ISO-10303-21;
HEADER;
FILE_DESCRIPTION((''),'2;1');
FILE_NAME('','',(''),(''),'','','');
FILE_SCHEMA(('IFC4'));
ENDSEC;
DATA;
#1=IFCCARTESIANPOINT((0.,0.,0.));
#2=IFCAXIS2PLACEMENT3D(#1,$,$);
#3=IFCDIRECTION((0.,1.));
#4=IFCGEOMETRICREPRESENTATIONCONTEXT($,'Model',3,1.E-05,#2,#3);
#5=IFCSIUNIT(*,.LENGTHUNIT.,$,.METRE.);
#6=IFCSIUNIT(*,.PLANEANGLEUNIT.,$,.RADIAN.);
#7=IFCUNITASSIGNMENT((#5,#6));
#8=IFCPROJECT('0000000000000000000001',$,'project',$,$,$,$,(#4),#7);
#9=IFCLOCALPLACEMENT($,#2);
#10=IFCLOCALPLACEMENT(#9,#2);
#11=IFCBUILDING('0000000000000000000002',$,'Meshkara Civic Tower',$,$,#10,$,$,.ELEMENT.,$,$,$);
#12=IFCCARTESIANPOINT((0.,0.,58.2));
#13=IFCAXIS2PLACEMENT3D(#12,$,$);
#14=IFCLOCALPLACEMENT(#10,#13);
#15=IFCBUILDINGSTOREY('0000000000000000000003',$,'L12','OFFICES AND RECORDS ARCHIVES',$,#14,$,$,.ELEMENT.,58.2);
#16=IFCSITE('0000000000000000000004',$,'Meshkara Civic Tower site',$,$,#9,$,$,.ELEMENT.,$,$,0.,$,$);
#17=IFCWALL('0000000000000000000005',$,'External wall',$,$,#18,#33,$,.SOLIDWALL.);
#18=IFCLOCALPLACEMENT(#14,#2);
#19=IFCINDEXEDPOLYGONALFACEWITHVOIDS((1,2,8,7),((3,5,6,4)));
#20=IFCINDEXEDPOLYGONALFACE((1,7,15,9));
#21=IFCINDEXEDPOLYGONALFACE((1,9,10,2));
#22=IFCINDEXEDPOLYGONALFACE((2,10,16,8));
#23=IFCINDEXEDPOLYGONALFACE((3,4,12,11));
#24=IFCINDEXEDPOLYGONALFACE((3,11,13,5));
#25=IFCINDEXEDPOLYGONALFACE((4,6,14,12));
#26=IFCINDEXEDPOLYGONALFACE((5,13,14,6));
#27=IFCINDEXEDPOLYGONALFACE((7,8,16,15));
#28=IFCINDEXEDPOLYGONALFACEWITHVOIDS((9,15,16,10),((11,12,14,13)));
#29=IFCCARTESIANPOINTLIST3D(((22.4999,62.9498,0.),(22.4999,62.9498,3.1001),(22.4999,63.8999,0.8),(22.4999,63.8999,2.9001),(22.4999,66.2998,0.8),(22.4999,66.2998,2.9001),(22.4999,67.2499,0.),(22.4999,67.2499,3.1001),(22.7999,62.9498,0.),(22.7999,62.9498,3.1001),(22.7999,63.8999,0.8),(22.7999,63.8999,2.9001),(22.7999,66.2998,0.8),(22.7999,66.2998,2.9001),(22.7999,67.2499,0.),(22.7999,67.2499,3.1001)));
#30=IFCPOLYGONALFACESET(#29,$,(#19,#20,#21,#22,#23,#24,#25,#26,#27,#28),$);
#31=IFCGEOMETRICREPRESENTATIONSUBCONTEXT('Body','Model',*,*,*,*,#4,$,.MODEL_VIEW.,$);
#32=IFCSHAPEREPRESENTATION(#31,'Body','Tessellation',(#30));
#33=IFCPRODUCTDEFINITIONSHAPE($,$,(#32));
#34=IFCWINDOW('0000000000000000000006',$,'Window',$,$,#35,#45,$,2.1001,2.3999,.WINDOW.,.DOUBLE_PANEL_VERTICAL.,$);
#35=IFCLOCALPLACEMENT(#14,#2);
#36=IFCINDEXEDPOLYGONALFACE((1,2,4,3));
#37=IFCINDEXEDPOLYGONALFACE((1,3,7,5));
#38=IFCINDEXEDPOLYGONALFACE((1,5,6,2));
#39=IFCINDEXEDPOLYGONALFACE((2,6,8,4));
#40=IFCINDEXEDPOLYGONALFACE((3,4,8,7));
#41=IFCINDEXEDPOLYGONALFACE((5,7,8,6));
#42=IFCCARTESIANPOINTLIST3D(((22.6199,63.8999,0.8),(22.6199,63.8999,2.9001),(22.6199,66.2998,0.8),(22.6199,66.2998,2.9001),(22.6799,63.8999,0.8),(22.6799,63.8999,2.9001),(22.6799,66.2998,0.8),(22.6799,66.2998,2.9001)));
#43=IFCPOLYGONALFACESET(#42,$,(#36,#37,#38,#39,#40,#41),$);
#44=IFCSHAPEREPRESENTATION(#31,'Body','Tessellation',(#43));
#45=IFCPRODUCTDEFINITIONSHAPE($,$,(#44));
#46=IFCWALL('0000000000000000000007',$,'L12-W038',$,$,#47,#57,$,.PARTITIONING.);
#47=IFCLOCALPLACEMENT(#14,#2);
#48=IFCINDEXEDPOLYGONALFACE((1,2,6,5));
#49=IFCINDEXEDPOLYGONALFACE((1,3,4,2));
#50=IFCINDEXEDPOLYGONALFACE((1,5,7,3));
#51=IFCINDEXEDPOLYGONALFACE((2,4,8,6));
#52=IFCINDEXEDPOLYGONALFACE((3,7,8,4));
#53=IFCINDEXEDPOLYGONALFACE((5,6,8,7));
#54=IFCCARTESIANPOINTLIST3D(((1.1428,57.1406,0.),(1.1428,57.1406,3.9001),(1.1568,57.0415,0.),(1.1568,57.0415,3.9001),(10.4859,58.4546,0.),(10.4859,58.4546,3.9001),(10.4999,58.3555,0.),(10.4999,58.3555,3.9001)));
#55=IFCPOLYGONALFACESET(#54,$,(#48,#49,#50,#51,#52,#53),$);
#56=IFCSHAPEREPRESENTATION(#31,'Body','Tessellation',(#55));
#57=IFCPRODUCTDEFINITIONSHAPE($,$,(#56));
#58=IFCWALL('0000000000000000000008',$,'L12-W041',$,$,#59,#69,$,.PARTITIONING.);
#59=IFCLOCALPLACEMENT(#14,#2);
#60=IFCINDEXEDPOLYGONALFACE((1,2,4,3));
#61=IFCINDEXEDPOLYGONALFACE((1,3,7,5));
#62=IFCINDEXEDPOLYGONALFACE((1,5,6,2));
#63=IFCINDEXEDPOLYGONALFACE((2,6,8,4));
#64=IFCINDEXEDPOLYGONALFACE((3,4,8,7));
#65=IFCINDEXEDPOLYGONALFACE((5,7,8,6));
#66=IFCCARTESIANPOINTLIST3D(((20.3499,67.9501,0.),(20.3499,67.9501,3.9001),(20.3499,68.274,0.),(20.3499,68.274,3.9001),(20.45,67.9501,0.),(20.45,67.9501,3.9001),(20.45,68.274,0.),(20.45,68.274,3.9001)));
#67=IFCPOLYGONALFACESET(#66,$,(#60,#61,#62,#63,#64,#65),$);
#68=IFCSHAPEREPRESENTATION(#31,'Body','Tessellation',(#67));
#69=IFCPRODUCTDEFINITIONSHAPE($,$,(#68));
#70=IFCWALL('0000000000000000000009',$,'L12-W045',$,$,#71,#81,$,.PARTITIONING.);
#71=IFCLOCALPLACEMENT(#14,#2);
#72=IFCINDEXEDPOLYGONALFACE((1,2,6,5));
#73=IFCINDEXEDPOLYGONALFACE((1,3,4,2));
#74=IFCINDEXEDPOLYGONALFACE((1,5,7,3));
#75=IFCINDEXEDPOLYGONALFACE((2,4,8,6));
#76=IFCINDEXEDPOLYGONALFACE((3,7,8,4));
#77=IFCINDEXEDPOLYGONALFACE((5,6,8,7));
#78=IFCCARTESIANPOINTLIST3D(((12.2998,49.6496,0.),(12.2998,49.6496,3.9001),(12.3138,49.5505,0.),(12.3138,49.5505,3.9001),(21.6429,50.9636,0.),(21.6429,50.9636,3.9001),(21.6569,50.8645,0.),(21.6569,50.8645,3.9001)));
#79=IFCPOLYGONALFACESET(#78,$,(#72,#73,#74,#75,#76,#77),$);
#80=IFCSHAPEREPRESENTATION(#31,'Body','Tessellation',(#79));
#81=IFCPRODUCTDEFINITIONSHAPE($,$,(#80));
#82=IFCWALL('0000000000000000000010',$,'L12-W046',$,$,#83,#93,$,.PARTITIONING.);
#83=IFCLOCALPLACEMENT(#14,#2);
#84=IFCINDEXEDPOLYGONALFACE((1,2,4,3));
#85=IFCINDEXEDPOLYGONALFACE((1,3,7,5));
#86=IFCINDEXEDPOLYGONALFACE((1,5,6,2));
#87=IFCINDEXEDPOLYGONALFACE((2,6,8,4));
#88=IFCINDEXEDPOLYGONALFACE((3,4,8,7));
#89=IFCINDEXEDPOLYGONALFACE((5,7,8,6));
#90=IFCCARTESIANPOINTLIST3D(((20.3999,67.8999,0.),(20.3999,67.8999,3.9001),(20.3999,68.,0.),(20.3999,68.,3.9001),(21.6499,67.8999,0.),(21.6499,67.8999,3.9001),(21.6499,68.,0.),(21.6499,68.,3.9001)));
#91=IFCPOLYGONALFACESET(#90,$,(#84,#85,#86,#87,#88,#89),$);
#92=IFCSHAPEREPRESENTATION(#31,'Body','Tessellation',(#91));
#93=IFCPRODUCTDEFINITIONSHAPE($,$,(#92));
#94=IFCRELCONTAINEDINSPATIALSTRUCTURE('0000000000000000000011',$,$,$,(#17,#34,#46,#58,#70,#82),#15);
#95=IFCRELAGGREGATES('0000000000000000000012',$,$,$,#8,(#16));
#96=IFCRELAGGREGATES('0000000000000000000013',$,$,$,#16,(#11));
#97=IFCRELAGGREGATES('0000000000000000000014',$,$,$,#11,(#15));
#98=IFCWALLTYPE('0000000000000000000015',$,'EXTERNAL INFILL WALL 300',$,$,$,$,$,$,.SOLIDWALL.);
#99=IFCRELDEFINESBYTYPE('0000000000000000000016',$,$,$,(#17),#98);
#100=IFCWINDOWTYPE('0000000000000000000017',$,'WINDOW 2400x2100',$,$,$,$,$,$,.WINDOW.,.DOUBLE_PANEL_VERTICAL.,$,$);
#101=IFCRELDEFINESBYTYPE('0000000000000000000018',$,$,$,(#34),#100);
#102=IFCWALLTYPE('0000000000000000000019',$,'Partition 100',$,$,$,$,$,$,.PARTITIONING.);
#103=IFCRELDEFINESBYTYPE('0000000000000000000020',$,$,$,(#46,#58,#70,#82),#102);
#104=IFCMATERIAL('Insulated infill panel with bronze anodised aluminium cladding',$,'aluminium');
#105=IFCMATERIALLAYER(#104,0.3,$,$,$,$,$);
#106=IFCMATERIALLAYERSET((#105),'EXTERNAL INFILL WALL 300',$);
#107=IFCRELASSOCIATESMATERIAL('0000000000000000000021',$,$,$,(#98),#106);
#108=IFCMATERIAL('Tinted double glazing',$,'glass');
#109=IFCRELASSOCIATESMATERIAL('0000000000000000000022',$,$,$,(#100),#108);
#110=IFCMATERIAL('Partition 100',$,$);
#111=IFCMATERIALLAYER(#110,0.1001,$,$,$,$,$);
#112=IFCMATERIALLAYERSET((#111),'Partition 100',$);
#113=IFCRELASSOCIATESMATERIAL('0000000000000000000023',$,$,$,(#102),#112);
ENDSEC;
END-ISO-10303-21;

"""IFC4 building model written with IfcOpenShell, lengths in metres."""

from ifc_helpers import new_model, si_unit, direction, frame, frame_2d, origin, place, context, subcontext, project, spatial, rectangle, extrude, material, layer, layer_set, type_object, element, fill, save


model = new_model("IFC4")

# Units and contexts
model_context = context("Model", 3, precision=1e-05, world=origin(), true_north=direction((0.0, 1.0)))
body_context = subcontext(model_context, "Body", "Model", "MODEL_VIEW")
ifc_project = project(units=[si_unit("LENGTHUNIT", "METRE"), si_unit("PLANEANGLEUNIT", "RADIAN")], contexts=[model_context])

# Site, building, storey
site_placement = place(None, origin())
site = spatial("IfcSite", under=ifc_project, at=site_placement, Name="Meshkara Civic Tower site", CompositionType="ELEMENT", RefElevation=0.0)
building_placement = place(site_placement, origin())
building = spatial("IfcBuilding", under=site, at=building_placement, Name="Meshkara Civic Tower", CompositionType="ELEMENT")
storey_placement = place(building_placement, frame((0.0, 0.0, 58.2)))
storey = spatial("IfcBuildingStorey", under=building, at=storey_placement, Name="L12", Description="OFFICES AND RECORDS ARCHIVES", CompositionType="ELEMENT", Elevation=58.2)

# Wall, opening, window
ifc_material_1 = material(Name="Insulated infill panel with bronze anodised aluminium cladding", Category="aluminium")
ifc_layer_1 = layer(ifc_material_1, 0.3)
ifc_layer_set_1 = layer_set([ifc_layer_1], Name="EXTERNAL INFILL WALL 300")
wall_type_1 = type_object("IfcWallType", Name="EXTERNAL INFILL WALL 300", PredefinedType="SOLIDWALL", material=ifc_layer_set_1)
ifc_material_2 = material(Name="Tinted double glazing", Category="glass")
window_type = type_object("IfcWindowType", Name="WINDOW 2400x2100", PartitioningType="DOUBLE_PANEL_VERTICAL", PredefinedType="WINDOW", material=ifc_material_2)
wall_1_placement = place(storey_placement, frame((22.6499, 62.95, 0.0), z_axis=(0.0, 0.0, 1.0), x_axis=(0.0, 1.0, 0.0)))
wall_1 = element("IfcWall", 1, at=wall_1_placement, inside=storey, type_object=wall_type_1, Name="External wall", PredefinedType="SOLIDWALL", context=body_context, shape_type="SweptSolid", body=[
    extrude(rectangle(XDim=4.3, YDim=0.3, at=frame_2d((2.1499, 0.0))), origin(), (0.0, 0.0, 1.0), 3.1001),
])
opening_1_placement = place(wall_1_placement, frame((0.95, 0.0, 0.8)))
opening_1 = element("IfcOpeningElement", 2, at=opening_1_placement, cuts=wall_1, PredefinedType="OPENING", context=body_context, shape_type="SweptSolid", body=[
    extrude(rectangle(XDim=2.3999, YDim=2.1001, at=frame_2d((1.2, 1.05))), frame((0.0, 0.1599, 0.0), z_axis=(0.0, -1.0, 0.0), x_axis=(1.0, 0.0, 0.0)), (0.0, 0.0, 1.0), 0.3201),
])
window_1_placement = place(opening_1_placement, origin())
window_1 = element("IfcWindow", 3, at=window_1_placement, inside=storey, type_object=window_type, Name="Window", OverallHeight=2.1001, OverallWidth=2.3999, PartitioningType="DOUBLE_PANEL_VERTICAL", PredefinedType="WINDOW", context=body_context, shape_type="SweptSolid", body=[
    extrude(rectangle(XDim=2.3999, YDim=2.1001, at=frame_2d((1.2, 1.05))), frame((0.0, 0.03, 0.0), z_axis=(0.0, -1.0, 0.0), x_axis=(1.0, 0.0, 0.0)), (0.0, 0.0, 1.0), 0.0601),
])
fill(opening_1, window_1)

# Walls
ifc_material_3 = material(Name="Partition 100")
ifc_layer_2 = layer(ifc_material_3, 0.1001)
ifc_layer_set_2 = layer_set([ifc_layer_2], Name="Partition 100")
wall_type_2 = type_object("IfcWallType", Name="Partition 100", PredefinedType="PARTITIONING", material=ifc_layer_set_2)
wall_2_placement = place(storey_placement, frame((10.4929, 58.405, 0.0), z_axis=(0.0, 0.0, 1.0), x_axis=(-0.990255, -0.139266, 0.0)))
element("IfcWall", 4, at=wall_2_placement, inside=storey, type_object=wall_type_2, Name="L12-W038", PredefinedType="PARTITIONING", context=body_context, shape_type="SweptSolid", body=[
    extrude(rectangle(XDim=9.4351, YDim=0.1001, at=frame_2d((4.7175, 0.0))), origin(), (0.0, 0.0, 1.0), 3.9001),
])
wall_3_placement = place(storey_placement, frame((20.3999, 67.95, 0.0), z_axis=(0.0, 0.0, 1.0), x_axis=(0.0, 1.0, 0.0)))
element("IfcWall", 5, at=wall_3_placement, inside=storey, type_object=wall_type_2, Name="L12-W041", PredefinedType="PARTITIONING", context=body_context, shape_type="SweptSolid", body=[
    extrude(rectangle(XDim=0.324, YDim=0.1001, at=frame_2d((0.1621, 0.0))), origin(), (0.0, 0.0, 1.0), 3.9001),
])
wall_4_placement = place(storey_placement, frame((21.6499, 50.9141, 0.0), z_axis=(0.0, 0.0, 1.0), x_axis=(-0.990255, -0.139266, 0.0)))
element("IfcWall", 6, at=wall_4_placement, inside=storey, type_object=wall_type_2, Name="L12-W045", PredefinedType="PARTITIONING", context=body_context, shape_type="SweptSolid", body=[
    extrude(rectangle(XDim=9.4351, YDim=0.1001, at=frame_2d((4.7175, 0.0))), origin(), (0.0, 0.0, 1.0), 3.9001),
])
wall_5_placement = place(storey_placement, frame((21.6499, 67.95, 0.0), z_axis=(0.0, 0.0, 1.0), x_axis=(-1.0, 0.0, 0.0)))
element("IfcWall", 7, at=wall_5_placement, inside=storey, type_object=wall_type_2, Name="L12-W046", PredefinedType="PARTITIONING", context=body_context, shape_type="SweptSolid", body=[
    extrude(rectangle(XDim=1.25, YDim=0.1001, at=frame_2d((0.625, 0.0))), origin(), (0.0, 0.0, 1.0), 3.9001),
])

save(model, "model.ifc")
